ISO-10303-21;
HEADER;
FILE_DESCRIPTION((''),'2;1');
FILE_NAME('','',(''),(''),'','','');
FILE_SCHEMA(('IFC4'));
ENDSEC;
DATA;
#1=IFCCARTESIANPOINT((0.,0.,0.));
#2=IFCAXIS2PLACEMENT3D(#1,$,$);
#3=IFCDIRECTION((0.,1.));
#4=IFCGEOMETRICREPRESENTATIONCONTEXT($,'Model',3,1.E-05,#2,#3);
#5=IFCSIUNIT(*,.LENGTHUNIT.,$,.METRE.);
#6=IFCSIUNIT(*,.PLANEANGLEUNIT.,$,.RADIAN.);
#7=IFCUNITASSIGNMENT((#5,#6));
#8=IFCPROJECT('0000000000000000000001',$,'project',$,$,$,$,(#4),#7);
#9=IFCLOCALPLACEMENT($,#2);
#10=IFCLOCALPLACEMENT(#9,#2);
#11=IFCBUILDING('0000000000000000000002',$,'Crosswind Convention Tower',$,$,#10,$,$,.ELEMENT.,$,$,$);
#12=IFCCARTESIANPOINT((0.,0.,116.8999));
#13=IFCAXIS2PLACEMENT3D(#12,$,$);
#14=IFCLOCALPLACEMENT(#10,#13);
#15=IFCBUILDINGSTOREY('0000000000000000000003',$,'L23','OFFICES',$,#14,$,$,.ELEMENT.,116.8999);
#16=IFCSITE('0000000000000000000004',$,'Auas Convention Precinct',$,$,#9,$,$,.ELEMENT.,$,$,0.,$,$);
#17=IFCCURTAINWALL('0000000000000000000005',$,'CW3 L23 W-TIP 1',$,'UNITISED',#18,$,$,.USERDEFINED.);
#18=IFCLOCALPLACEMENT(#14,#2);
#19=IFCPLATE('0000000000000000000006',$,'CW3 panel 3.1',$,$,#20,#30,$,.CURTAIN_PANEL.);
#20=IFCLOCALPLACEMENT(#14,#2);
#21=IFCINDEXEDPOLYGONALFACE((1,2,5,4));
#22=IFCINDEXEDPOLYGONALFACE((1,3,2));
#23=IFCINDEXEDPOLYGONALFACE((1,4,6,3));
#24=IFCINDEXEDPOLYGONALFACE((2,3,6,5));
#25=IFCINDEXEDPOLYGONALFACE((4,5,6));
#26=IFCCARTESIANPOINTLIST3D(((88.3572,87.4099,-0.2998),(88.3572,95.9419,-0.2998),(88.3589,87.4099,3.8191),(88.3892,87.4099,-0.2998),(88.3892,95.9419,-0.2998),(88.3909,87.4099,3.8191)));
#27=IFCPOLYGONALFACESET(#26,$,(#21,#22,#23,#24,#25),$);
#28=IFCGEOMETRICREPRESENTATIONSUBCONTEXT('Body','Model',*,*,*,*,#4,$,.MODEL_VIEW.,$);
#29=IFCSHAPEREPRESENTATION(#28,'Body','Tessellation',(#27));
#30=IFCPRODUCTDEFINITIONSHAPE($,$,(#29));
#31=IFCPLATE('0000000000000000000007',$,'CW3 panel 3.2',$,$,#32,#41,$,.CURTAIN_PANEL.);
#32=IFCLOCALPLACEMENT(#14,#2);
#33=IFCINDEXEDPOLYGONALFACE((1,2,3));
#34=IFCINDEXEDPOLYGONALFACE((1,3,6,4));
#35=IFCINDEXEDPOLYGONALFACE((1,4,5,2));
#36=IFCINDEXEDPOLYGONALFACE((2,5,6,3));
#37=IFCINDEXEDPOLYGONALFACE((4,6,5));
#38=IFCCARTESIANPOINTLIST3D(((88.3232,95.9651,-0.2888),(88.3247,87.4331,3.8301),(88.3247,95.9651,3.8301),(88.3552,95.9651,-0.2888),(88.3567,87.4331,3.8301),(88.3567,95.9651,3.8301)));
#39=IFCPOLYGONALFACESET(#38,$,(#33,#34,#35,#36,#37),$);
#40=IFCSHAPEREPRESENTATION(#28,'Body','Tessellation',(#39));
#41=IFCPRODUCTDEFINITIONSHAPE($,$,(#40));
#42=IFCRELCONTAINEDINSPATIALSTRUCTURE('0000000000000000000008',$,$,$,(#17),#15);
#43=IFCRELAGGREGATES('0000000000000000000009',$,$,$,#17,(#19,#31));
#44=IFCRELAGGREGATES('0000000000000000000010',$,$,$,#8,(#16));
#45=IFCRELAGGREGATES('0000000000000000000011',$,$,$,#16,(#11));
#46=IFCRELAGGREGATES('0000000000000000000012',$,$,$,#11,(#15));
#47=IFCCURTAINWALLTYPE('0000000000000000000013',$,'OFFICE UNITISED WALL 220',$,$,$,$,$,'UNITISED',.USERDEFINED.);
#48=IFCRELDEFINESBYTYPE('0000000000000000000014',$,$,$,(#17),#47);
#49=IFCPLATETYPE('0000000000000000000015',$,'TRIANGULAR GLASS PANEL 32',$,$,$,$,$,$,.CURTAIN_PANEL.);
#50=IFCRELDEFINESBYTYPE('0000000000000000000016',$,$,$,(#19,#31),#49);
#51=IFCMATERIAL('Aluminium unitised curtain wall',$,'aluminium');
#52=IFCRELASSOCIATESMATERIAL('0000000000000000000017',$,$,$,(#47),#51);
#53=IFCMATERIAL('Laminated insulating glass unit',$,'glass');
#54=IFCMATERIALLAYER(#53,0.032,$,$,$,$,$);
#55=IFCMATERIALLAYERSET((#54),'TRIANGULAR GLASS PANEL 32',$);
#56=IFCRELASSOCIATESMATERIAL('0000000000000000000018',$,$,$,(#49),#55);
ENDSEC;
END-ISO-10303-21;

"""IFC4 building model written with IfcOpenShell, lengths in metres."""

from ifc_helpers import new_model, si_unit, direction, frame, origin, place, context, subcontext, project, spatial, polyline, outline, extrude, material, layer, layer_set, type_object, element, aggregate, save


model = new_model("IFC4")

# Units and contexts
model_context = context("Model", 3, precision=1e-05, world=origin(), true_north=direction((0.0, 1.0)))
body_context = subcontext(model_context, "Body", "Model", "MODEL_VIEW")
ifc_project = project(units=[si_unit("LENGTHUNIT", "METRE"), si_unit("PLANEANGLEUNIT", "RADIAN")], contexts=[model_context])

# Site, building, storey
site_placement = place(None, origin())
site = spatial("IfcSite", under=ifc_project, at=site_placement, Name="Auas Convention Precinct", CompositionType="ELEMENT", RefElevation=0.0)
building_placement = place(site_placement, origin())
building = spatial("IfcBuilding", under=site, at=building_placement, Name="Crosswind Convention Tower", CompositionType="ELEMENT")
storey_placement = place(building_placement, frame((0.0, 0.0, 116.8999)))
storey = spatial("IfcBuildingStorey", under=building, at=storey_placement, Name="L23", Description="OFFICES", CompositionType="ELEMENT", Elevation=116.8999)

# Shared definitions
ifc_material_1 = material(Name="Aluminium unitised curtain wall", Category="aluminium")

# Curtain wall
curtain_wall_type_1 = type_object("IfcCurtainWallType", Name="OFFICE UNITISED WALL 220", ElementType="UNITISED", PredefinedType="USERDEFINED", material=ifc_material_1)
curtain_wall_1_placement = place(storey_placement, origin())
curtain_wall_1 = element("IfcCurtainWall", 1, at=curtain_wall_1_placement, inside=storey, type_object=curtain_wall_type_1, Name="CW3 L23 W-TIP 1", ObjectType="UNITISED", PredefinedType="USERDEFINED")

# Plates
ifc_material_2 = material(Name="Laminated insulating glass unit", Category="glass")
ifc_layer_1 = layer(ifc_material_2, 0.032)
ifc_layer_set_1 = layer_set([ifc_layer_1], Name="TRIANGULAR GLASS PANEL 32")
plate_type_1 = type_object("IfcPlateType", Name="TRIANGULAR GLASS PANEL 32", PredefinedType="CURTAIN_PANEL", material=ifc_layer_set_1)
plate_1_placement = place(storey_placement, frame((88.3572, 87.4099, -0.2998), z_axis=(-1.0, 0.0, 0.000415), x_axis=(0.000415, 0.0, 1.0)))
plate_1 = element("IfcPlate", 2, at=plate_1_placement, type_object=plate_type_1, Name="CW3 panel 3.1", PredefinedType="CURTAIN_PANEL", context=body_context, shape_type="SweptSolid", body=[
    extrude(outline(polyline([(0.0, 0.0), (4.1189, 0.0), (0.0, 8.532), (0.0, 0.0)])), origin(), (0.0, 0.0, -1.0), 0.032),
])
plate_2_placement = place(storey_placement, frame((88.3247, 95.9651, 3.8301), z_axis=(-1.0, 0.0, 0.000356), x_axis=(-0.000356, 0.0, -1.0)))
plate_2 = element("IfcPlate", 3, at=plate_2_placement, type_object=plate_type_1, Name="CW3 panel 3.2", PredefinedType="CURTAIN_PANEL", context=body_context, shape_type="SweptSolid", body=[
    extrude(outline(polyline([(0.0, 0.0), (4.1189, 0.0), (0.0, 8.532), (0.0, 0.0)])), origin(), (0.0, 0.0, -1.0), 0.032),
])
aggregate(curtain_wall_1, [plate_1, plate_2])

save(model, "model.ifc")
